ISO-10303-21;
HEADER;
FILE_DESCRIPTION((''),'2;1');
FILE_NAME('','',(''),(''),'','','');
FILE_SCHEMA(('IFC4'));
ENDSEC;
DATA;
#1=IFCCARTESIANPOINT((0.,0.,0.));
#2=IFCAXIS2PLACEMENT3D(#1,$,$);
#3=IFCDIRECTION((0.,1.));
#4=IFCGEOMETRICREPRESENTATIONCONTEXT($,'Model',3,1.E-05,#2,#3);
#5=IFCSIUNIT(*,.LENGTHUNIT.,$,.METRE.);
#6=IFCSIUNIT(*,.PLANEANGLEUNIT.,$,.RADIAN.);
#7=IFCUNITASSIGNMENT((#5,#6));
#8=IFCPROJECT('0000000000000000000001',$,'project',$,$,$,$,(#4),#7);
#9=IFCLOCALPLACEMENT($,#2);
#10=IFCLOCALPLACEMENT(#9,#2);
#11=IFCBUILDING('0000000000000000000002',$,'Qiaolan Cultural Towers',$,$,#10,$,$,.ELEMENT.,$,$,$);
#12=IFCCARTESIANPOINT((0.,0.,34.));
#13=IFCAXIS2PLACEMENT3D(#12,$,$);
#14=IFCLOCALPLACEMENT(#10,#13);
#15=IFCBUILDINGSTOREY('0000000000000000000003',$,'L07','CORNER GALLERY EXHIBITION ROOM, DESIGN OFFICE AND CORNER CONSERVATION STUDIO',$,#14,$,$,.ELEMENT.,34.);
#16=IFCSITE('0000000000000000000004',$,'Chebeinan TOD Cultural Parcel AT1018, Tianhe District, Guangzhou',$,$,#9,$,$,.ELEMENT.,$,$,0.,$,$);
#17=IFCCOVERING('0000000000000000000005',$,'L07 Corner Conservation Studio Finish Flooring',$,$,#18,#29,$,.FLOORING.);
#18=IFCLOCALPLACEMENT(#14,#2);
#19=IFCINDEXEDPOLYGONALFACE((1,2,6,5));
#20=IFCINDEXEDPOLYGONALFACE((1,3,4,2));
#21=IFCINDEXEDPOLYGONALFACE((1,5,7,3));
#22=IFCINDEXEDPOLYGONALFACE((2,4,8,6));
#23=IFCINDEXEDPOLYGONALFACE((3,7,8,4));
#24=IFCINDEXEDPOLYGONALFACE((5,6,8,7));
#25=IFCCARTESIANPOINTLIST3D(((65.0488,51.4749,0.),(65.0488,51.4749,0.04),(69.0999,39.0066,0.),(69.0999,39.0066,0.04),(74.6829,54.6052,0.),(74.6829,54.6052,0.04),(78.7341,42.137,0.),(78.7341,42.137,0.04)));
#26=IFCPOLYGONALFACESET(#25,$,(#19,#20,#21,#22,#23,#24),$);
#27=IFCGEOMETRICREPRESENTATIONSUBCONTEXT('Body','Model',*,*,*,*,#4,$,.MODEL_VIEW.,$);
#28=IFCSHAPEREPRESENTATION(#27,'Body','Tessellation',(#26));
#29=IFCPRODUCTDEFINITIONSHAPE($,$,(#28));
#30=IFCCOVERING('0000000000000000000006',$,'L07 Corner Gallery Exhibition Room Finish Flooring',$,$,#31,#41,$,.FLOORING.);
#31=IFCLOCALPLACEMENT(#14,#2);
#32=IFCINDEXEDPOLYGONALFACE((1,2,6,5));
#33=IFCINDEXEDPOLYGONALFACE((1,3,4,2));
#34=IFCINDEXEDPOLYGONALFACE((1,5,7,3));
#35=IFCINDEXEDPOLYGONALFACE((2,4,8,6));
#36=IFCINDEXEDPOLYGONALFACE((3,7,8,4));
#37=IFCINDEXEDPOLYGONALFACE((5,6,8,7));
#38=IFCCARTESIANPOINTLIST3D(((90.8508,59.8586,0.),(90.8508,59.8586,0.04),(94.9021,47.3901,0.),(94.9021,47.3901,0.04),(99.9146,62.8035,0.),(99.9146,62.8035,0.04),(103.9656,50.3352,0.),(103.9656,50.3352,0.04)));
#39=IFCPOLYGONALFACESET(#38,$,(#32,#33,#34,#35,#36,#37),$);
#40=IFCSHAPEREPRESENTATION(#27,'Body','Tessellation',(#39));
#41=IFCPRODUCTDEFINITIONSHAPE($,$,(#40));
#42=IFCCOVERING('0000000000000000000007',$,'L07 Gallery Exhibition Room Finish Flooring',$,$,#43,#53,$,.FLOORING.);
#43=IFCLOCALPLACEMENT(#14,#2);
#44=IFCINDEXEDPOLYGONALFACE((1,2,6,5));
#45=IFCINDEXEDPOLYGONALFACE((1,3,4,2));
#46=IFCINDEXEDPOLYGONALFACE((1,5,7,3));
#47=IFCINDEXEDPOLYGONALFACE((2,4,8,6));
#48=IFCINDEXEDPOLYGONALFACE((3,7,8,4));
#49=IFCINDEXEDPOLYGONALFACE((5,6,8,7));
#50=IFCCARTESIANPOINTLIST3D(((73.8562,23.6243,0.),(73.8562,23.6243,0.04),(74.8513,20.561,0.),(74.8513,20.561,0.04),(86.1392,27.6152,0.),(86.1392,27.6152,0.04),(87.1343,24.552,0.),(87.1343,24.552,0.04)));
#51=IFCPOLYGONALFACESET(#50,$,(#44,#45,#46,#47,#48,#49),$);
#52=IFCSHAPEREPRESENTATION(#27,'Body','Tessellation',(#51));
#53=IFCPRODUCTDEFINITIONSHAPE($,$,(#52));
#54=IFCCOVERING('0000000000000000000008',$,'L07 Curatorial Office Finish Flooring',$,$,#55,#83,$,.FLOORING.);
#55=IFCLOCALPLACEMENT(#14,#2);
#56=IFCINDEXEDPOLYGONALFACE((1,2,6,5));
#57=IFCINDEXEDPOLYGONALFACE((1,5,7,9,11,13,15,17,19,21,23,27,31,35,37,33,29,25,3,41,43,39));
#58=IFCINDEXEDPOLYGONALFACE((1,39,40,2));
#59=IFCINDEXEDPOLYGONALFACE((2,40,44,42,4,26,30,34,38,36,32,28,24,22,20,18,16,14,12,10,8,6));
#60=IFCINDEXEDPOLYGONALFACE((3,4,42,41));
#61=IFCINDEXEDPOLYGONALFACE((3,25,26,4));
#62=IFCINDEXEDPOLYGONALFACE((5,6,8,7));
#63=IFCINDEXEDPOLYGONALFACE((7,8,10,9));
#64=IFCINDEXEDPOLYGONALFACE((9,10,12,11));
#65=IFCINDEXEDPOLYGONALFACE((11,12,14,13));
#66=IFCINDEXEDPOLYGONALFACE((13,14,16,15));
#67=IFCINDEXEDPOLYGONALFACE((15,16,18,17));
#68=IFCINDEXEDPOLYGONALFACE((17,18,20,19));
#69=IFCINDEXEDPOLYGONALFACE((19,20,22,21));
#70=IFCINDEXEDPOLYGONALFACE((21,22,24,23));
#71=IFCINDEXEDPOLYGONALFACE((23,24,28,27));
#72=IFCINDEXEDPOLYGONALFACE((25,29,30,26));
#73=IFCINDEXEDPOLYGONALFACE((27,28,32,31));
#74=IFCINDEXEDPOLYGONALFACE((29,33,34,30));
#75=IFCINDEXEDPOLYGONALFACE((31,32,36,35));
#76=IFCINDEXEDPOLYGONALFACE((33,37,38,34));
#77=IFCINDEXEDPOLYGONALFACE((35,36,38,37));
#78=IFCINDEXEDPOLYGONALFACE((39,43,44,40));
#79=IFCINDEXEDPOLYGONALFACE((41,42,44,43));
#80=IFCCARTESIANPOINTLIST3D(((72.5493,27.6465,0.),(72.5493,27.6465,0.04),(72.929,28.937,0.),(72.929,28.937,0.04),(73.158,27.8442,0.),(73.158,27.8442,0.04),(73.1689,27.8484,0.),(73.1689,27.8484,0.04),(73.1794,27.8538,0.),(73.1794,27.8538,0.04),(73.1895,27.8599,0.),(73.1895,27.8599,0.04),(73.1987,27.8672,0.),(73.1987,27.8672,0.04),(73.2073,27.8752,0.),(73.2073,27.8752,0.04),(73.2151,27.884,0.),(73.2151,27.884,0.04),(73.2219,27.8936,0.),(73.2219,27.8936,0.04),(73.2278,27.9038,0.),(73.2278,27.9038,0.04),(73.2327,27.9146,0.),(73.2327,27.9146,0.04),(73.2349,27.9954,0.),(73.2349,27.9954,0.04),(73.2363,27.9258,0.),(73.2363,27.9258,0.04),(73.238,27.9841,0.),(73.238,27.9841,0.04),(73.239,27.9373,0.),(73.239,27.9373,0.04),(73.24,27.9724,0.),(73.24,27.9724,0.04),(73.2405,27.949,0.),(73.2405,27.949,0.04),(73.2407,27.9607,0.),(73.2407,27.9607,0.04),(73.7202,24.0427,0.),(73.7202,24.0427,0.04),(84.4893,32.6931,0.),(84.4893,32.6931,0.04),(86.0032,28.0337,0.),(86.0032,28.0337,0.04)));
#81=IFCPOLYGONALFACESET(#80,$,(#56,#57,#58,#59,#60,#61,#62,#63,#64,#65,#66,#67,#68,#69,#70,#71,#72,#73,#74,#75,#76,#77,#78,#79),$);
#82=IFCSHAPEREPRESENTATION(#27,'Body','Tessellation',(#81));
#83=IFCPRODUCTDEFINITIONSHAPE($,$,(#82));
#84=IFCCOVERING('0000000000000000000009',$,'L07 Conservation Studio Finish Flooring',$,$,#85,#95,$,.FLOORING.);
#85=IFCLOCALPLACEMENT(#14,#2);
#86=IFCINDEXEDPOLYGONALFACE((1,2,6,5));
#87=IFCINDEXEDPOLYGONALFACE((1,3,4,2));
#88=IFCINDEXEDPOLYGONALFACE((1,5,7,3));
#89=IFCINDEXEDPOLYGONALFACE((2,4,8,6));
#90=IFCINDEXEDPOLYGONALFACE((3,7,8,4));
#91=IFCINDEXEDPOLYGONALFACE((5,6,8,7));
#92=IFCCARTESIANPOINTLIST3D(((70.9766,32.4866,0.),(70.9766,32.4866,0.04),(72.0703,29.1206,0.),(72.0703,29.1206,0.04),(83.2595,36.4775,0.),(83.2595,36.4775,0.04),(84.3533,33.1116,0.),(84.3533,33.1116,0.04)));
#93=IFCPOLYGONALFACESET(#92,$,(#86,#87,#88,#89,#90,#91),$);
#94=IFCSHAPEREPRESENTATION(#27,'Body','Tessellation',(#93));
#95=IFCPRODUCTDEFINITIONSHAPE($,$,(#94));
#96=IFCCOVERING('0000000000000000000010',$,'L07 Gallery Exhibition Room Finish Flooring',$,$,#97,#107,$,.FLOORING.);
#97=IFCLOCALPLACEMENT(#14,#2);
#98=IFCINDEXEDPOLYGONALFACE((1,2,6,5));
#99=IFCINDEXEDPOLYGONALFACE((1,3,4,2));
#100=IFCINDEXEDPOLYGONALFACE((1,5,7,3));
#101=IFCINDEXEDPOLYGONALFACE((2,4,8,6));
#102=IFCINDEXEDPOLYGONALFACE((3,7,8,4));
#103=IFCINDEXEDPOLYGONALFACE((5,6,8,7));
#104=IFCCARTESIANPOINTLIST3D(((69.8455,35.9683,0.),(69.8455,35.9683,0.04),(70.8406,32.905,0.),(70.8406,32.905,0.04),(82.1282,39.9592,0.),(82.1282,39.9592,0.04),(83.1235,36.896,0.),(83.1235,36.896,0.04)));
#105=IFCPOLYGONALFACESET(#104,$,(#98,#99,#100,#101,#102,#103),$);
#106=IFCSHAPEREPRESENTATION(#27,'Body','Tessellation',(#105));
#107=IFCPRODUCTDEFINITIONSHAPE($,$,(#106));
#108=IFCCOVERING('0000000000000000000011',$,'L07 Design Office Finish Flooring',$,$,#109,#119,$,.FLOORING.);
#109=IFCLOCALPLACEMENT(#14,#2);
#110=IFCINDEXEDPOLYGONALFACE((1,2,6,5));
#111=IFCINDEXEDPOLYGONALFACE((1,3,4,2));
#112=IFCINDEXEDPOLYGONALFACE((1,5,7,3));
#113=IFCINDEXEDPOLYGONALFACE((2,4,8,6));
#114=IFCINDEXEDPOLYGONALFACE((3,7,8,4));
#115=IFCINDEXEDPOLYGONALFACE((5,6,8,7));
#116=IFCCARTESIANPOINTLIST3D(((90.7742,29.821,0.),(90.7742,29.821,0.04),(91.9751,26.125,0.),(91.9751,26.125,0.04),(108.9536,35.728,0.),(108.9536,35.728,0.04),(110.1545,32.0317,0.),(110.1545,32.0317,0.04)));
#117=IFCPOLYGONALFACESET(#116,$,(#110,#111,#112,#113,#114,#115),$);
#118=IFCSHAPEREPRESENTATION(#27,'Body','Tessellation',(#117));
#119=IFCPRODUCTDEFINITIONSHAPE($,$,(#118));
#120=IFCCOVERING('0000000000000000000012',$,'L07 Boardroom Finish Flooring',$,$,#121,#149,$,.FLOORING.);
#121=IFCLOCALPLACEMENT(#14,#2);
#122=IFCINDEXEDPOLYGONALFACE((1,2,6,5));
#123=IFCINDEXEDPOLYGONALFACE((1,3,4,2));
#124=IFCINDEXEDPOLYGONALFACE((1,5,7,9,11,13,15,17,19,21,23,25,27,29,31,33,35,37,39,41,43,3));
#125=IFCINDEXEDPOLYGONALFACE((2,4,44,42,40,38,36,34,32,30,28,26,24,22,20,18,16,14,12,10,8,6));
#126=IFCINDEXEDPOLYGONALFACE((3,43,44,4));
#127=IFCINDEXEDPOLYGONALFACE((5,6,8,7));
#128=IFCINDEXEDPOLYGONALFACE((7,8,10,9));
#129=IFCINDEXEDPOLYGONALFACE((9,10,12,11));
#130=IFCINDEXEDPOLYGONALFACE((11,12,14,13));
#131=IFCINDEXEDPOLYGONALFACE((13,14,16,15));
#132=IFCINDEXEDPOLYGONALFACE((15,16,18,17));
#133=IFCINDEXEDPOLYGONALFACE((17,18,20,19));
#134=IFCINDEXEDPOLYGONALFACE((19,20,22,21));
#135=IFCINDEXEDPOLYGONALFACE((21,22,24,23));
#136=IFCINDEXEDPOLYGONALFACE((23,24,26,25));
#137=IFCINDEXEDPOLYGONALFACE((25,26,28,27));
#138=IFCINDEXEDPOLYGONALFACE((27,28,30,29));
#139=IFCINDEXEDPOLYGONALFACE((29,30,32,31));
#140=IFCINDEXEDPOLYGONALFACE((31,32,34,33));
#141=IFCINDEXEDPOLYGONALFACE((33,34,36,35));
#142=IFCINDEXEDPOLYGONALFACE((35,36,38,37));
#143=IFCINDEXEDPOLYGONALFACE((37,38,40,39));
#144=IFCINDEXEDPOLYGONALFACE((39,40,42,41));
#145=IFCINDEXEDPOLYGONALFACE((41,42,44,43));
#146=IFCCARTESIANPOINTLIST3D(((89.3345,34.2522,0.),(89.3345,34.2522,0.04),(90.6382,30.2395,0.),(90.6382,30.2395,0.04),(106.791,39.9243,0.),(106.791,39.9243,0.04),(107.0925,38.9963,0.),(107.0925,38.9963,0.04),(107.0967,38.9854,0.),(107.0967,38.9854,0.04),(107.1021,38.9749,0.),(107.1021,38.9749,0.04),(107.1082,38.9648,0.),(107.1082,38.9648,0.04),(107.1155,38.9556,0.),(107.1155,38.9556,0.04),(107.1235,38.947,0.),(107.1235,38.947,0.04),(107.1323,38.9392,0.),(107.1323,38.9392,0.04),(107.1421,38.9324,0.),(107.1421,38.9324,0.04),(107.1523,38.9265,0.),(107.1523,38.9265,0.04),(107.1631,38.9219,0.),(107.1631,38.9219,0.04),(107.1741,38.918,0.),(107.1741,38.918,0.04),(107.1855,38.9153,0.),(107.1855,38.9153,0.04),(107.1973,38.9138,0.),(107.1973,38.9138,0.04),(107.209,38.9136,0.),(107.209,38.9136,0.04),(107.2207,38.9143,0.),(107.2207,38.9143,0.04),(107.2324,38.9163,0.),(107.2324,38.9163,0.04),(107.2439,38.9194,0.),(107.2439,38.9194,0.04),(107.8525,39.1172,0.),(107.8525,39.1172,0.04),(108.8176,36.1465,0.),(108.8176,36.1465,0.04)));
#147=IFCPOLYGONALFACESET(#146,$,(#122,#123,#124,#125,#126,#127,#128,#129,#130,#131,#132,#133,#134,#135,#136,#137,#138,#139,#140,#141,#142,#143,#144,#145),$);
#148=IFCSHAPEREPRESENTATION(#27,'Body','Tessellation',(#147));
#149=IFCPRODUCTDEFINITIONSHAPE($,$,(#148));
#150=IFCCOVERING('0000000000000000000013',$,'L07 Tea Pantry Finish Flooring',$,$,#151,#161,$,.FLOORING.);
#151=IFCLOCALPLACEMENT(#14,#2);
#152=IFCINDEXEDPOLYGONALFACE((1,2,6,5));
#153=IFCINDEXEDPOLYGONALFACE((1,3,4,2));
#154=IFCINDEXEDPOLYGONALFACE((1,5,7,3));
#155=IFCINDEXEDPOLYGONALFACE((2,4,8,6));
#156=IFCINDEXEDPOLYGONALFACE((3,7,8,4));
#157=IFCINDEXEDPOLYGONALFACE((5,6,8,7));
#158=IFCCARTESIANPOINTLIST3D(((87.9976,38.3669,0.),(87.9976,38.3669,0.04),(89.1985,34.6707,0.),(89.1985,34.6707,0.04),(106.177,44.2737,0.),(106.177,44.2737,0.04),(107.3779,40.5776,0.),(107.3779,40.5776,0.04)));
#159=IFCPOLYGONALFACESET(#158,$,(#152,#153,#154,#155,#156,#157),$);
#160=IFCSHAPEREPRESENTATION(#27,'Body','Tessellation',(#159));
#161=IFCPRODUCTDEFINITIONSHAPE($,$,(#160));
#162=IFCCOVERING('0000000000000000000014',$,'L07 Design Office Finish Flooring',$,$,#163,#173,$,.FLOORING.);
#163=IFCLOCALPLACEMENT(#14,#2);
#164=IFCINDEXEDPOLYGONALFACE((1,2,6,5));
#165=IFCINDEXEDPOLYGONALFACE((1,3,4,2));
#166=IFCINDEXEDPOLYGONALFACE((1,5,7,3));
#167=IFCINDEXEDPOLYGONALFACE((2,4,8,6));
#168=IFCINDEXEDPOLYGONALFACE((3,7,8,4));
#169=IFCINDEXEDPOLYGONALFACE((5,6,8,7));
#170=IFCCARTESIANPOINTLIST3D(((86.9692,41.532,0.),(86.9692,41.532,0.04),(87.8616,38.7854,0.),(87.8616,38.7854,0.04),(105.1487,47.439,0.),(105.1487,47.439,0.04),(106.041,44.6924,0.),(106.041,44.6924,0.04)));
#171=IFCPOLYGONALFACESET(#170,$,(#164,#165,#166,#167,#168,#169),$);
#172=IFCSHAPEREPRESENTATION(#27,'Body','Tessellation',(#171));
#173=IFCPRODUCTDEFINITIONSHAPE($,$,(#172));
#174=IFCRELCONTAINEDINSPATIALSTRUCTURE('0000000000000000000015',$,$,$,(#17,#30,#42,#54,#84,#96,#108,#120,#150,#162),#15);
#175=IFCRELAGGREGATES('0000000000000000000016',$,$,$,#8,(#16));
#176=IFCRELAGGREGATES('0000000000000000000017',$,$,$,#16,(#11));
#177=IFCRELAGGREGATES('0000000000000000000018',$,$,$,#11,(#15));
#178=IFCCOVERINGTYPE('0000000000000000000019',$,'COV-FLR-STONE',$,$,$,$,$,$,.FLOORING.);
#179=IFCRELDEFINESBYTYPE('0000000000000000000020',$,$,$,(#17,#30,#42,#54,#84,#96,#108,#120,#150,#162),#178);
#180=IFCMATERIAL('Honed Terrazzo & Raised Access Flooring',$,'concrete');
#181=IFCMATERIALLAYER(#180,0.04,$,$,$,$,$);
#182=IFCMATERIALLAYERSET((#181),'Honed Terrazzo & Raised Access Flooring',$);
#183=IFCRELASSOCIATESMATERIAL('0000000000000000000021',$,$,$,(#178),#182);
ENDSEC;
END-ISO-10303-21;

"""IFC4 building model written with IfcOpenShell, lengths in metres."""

from ifc_helpers import new_model, si_unit, direction, frame, origin, place, context, subcontext, project, spatial, polyline, outline, extrude, material, layer, layer_set, type_object, element, save


model = new_model("IFC4")

# Units and contexts
model_context = context("Model", 3, precision=1e-05, world=origin(), true_north=direction((0.0, 1.0)))
body_context = subcontext(model_context, "Body", "Model", "MODEL_VIEW")
ifc_project = project(units=[si_unit("LENGTHUNIT", "METRE"), si_unit("PLANEANGLEUNIT", "RADIAN")], contexts=[model_context])

# Site, building, storey
site_placement = place(None, origin())
site = spatial("IfcSite", under=ifc_project, at=site_placement, Name="Chebeinan TOD Cultural Parcel AT1018, Tianhe District, Guangzhou", CompositionType="ELEMENT", RefElevation=0.0)
building_placement = place(site_placement, origin())
building = spatial("IfcBuilding", under=site, at=building_placement, Name="Qiaolan Cultural Towers", CompositionType="ELEMENT")
storey_placement = place(building_placement, frame((0.0, 0.0, 34.0)))
storey = spatial("IfcBuildingStorey", under=building, at=storey_placement, Name="L07", Description="CORNER GALLERY EXHIBITION ROOM, DESIGN OFFICE AND CORNER CONSERVATION STUDIO", CompositionType="ELEMENT", Elevation=34.0)

# Coverings
ifc_material_1 = material(Name="Honed Terrazzo & Raised Access Flooring", Category="concrete")
ifc_layer_1 = layer(ifc_material_1, 0.04)
ifc_layer_set_1 = layer_set([ifc_layer_1], Name="Honed Terrazzo & Raised Access Flooring")
covering_type = type_object("IfcCoveringType", Name="COV-FLR-STONE", PredefinedType="FLOORING", material=ifc_layer_set_1)
covering_1_placement = place(storey_placement, origin())
element("IfcCovering", 1, at=covering_1_placement, inside=storey, type_object=covering_type, Name="L07 Corner Conservation Studio Finish Flooring", PredefinedType="FLOORING", context=body_context, shape_type="SweptSolid", body=[
    extrude(outline(polyline([(78.7341, 42.137), (74.6829, 54.6052), (65.0488, 51.4749), (69.0999, 39.0066), (78.7341, 42.137)])), origin(), (0.0, 0.0, 1.0), 0.04),
])
covering_2_placement = place(storey_placement, origin())
element("IfcCovering", 2, at=covering_2_placement, inside=storey, type_object=covering_type, Name="L07 Corner Gallery Exhibition Room Finish Flooring", PredefinedType="FLOORING", context=body_context, shape_type="SweptSolid", body=[
    extrude(outline(polyline([(103.9656, 50.3352), (99.9146, 62.8035), (90.8508, 59.8586), (94.9021, 47.3901), (103.9656, 50.3352)])), origin(), (0.0, 0.0, 1.0), 0.04),
])
covering_3_placement = place(storey_placement, origin())
element("IfcCovering", 3, at=covering_3_placement, inside=storey, type_object=covering_type, Name="L07 Gallery Exhibition Room Finish Flooring", PredefinedType="FLOORING", context=body_context, shape_type="SweptSolid", body=[
    extrude(outline(polyline([(87.1343, 24.552), (86.1392, 27.6152), (73.8562, 23.6243), (74.8513, 20.561), (87.1343, 24.552)])), origin(), (0.0, 0.0, 1.0), 0.04),
])
covering_4_placement = place(storey_placement, origin())
element("IfcCovering", 4, at=covering_4_placement, inside=storey, type_object=covering_type, Name="L07 Curatorial Office Finish Flooring", PredefinedType="FLOORING", context=body_context, shape_type="SweptSolid", body=[
    extrude(outline(polyline([(73.2349, 27.9954), (73.238, 27.9841), (73.24, 27.9724), (73.2407, 27.9607), (73.2405, 27.949), (73.239, 27.9373), (73.2363, 27.9258), (73.2327, 27.9146), (73.2278, 27.9038), (73.2219, 27.8936), (73.2151, 27.884), (73.2073, 27.8752), (73.1987, 27.8672), (73.1895, 27.8599), (73.1794, 27.8538), (73.1689, 27.8484), (73.158, 27.8442), (72.5493, 27.6465), (73.7202, 24.0427), (86.0032, 28.0337), (84.4893, 32.6931), (72.929, 28.937), (73.2349, 27.9954)])), origin(), (0.0, 0.0, 1.0), 0.04),
])
covering_5_placement = place(storey_placement, origin())
element("IfcCovering", 5, at=covering_5_placement, inside=storey, type_object=covering_type, Name="L07 Conservation Studio Finish Flooring", PredefinedType="FLOORING", context=body_context, shape_type="SweptSolid", body=[
    extrude(outline(polyline([(84.3533, 33.1116), (83.2595, 36.4775), (70.9766, 32.4866), (72.0703, 29.1206), (84.3533, 33.1116)])), origin(), (0.0, 0.0, 1.0), 0.04),
])
covering_6_placement = place(storey_placement, origin())
element("IfcCovering", 6, at=covering_6_placement, inside=storey, type_object=covering_type, Name="L07 Gallery Exhibition Room Finish Flooring", PredefinedType="FLOORING", context=body_context, shape_type="SweptSolid", body=[
    extrude(outline(polyline([(83.1235, 36.896), (82.1282, 39.9592), (69.8455, 35.9683), (70.8406, 32.905), (83.1235, 36.896)])), origin(), (0.0, 0.0, 1.0), 0.04),
])
covering_7_placement = place(storey_placement, origin())
element("IfcCovering", 7, at=covering_7_placement, inside=storey, type_object=covering_type, Name="L07 Design Office Finish Flooring", PredefinedType="FLOORING", context=body_context, shape_type="SweptSolid", body=[
    extrude(outline(polyline([(110.1545, 32.0317), (108.9536, 35.728), (90.7742, 29.821), (91.9751, 26.125), (110.1545, 32.0317)])), origin(), (0.0, 0.0, 1.0), 0.04),
])
covering_8_placement = place(storey_placement, origin())
element("IfcCovering", 8, at=covering_8_placement, inside=storey, type_object=covering_type, Name="L07 Boardroom Finish Flooring", PredefinedType="FLOORING", context=body_context, shape_type="SweptSolid", body=[
    extrude(outline(polyline([(89.3345, 34.2522), (90.6382, 30.2395), (108.8176, 36.1465), (107.8525, 39.1172), (107.2439, 38.9194), (107.2324, 38.9163), (107.2207, 38.9143), (107.209, 38.9136), (107.1973, 38.9138), (107.1855, 38.9153), (107.1741, 38.918), (107.1631, 38.9219), (107.1523, 38.9265), (107.1421, 38.9324), (107.1323, 38.9392), (107.1235, 38.947), (107.1155, 38.9556), (107.1082, 38.9648), (107.1021, 38.9749), (107.0967, 38.9854), (107.0925, 38.9963), (106.791, 39.9243), (89.3345, 34.2522)])), origin(), (0.0, 0.0, 1.0), 0.04),
])
covering_9_placement = place(storey_placement, origin())
element("IfcCovering", 9, at=covering_9_placement, inside=storey, type_object=covering_type, Name="L07 Tea Pantry Finish Flooring", PredefinedType="FLOORING", context=body_context, shape_type="SweptSolid", body=[
    extrude(outline(polyline([(107.3779, 40.5776), (106.177, 44.2737), (87.9976, 38.3669), (89.1985, 34.6707), (107.3779, 40.5776)])), origin(), (0.0, 0.0, 1.0), 0.04),
])
covering_10_placement = place(storey_placement, origin())
element("IfcCovering", 10, at=covering_10_placement, inside=storey, type_object=covering_type, Name="L07 Design Office Finish Flooring", PredefinedType="FLOORING", context=body_context, shape_type="SweptSolid", body=[
    extrude(outline(polyline([(106.041, 44.6924), (105.1487, 47.439), (86.9692, 41.532), (87.8616, 38.7854), (106.041, 44.6924)])), origin(), (0.0, 0.0, 1.0), 0.04),
])

save(model, "model.ifc")
